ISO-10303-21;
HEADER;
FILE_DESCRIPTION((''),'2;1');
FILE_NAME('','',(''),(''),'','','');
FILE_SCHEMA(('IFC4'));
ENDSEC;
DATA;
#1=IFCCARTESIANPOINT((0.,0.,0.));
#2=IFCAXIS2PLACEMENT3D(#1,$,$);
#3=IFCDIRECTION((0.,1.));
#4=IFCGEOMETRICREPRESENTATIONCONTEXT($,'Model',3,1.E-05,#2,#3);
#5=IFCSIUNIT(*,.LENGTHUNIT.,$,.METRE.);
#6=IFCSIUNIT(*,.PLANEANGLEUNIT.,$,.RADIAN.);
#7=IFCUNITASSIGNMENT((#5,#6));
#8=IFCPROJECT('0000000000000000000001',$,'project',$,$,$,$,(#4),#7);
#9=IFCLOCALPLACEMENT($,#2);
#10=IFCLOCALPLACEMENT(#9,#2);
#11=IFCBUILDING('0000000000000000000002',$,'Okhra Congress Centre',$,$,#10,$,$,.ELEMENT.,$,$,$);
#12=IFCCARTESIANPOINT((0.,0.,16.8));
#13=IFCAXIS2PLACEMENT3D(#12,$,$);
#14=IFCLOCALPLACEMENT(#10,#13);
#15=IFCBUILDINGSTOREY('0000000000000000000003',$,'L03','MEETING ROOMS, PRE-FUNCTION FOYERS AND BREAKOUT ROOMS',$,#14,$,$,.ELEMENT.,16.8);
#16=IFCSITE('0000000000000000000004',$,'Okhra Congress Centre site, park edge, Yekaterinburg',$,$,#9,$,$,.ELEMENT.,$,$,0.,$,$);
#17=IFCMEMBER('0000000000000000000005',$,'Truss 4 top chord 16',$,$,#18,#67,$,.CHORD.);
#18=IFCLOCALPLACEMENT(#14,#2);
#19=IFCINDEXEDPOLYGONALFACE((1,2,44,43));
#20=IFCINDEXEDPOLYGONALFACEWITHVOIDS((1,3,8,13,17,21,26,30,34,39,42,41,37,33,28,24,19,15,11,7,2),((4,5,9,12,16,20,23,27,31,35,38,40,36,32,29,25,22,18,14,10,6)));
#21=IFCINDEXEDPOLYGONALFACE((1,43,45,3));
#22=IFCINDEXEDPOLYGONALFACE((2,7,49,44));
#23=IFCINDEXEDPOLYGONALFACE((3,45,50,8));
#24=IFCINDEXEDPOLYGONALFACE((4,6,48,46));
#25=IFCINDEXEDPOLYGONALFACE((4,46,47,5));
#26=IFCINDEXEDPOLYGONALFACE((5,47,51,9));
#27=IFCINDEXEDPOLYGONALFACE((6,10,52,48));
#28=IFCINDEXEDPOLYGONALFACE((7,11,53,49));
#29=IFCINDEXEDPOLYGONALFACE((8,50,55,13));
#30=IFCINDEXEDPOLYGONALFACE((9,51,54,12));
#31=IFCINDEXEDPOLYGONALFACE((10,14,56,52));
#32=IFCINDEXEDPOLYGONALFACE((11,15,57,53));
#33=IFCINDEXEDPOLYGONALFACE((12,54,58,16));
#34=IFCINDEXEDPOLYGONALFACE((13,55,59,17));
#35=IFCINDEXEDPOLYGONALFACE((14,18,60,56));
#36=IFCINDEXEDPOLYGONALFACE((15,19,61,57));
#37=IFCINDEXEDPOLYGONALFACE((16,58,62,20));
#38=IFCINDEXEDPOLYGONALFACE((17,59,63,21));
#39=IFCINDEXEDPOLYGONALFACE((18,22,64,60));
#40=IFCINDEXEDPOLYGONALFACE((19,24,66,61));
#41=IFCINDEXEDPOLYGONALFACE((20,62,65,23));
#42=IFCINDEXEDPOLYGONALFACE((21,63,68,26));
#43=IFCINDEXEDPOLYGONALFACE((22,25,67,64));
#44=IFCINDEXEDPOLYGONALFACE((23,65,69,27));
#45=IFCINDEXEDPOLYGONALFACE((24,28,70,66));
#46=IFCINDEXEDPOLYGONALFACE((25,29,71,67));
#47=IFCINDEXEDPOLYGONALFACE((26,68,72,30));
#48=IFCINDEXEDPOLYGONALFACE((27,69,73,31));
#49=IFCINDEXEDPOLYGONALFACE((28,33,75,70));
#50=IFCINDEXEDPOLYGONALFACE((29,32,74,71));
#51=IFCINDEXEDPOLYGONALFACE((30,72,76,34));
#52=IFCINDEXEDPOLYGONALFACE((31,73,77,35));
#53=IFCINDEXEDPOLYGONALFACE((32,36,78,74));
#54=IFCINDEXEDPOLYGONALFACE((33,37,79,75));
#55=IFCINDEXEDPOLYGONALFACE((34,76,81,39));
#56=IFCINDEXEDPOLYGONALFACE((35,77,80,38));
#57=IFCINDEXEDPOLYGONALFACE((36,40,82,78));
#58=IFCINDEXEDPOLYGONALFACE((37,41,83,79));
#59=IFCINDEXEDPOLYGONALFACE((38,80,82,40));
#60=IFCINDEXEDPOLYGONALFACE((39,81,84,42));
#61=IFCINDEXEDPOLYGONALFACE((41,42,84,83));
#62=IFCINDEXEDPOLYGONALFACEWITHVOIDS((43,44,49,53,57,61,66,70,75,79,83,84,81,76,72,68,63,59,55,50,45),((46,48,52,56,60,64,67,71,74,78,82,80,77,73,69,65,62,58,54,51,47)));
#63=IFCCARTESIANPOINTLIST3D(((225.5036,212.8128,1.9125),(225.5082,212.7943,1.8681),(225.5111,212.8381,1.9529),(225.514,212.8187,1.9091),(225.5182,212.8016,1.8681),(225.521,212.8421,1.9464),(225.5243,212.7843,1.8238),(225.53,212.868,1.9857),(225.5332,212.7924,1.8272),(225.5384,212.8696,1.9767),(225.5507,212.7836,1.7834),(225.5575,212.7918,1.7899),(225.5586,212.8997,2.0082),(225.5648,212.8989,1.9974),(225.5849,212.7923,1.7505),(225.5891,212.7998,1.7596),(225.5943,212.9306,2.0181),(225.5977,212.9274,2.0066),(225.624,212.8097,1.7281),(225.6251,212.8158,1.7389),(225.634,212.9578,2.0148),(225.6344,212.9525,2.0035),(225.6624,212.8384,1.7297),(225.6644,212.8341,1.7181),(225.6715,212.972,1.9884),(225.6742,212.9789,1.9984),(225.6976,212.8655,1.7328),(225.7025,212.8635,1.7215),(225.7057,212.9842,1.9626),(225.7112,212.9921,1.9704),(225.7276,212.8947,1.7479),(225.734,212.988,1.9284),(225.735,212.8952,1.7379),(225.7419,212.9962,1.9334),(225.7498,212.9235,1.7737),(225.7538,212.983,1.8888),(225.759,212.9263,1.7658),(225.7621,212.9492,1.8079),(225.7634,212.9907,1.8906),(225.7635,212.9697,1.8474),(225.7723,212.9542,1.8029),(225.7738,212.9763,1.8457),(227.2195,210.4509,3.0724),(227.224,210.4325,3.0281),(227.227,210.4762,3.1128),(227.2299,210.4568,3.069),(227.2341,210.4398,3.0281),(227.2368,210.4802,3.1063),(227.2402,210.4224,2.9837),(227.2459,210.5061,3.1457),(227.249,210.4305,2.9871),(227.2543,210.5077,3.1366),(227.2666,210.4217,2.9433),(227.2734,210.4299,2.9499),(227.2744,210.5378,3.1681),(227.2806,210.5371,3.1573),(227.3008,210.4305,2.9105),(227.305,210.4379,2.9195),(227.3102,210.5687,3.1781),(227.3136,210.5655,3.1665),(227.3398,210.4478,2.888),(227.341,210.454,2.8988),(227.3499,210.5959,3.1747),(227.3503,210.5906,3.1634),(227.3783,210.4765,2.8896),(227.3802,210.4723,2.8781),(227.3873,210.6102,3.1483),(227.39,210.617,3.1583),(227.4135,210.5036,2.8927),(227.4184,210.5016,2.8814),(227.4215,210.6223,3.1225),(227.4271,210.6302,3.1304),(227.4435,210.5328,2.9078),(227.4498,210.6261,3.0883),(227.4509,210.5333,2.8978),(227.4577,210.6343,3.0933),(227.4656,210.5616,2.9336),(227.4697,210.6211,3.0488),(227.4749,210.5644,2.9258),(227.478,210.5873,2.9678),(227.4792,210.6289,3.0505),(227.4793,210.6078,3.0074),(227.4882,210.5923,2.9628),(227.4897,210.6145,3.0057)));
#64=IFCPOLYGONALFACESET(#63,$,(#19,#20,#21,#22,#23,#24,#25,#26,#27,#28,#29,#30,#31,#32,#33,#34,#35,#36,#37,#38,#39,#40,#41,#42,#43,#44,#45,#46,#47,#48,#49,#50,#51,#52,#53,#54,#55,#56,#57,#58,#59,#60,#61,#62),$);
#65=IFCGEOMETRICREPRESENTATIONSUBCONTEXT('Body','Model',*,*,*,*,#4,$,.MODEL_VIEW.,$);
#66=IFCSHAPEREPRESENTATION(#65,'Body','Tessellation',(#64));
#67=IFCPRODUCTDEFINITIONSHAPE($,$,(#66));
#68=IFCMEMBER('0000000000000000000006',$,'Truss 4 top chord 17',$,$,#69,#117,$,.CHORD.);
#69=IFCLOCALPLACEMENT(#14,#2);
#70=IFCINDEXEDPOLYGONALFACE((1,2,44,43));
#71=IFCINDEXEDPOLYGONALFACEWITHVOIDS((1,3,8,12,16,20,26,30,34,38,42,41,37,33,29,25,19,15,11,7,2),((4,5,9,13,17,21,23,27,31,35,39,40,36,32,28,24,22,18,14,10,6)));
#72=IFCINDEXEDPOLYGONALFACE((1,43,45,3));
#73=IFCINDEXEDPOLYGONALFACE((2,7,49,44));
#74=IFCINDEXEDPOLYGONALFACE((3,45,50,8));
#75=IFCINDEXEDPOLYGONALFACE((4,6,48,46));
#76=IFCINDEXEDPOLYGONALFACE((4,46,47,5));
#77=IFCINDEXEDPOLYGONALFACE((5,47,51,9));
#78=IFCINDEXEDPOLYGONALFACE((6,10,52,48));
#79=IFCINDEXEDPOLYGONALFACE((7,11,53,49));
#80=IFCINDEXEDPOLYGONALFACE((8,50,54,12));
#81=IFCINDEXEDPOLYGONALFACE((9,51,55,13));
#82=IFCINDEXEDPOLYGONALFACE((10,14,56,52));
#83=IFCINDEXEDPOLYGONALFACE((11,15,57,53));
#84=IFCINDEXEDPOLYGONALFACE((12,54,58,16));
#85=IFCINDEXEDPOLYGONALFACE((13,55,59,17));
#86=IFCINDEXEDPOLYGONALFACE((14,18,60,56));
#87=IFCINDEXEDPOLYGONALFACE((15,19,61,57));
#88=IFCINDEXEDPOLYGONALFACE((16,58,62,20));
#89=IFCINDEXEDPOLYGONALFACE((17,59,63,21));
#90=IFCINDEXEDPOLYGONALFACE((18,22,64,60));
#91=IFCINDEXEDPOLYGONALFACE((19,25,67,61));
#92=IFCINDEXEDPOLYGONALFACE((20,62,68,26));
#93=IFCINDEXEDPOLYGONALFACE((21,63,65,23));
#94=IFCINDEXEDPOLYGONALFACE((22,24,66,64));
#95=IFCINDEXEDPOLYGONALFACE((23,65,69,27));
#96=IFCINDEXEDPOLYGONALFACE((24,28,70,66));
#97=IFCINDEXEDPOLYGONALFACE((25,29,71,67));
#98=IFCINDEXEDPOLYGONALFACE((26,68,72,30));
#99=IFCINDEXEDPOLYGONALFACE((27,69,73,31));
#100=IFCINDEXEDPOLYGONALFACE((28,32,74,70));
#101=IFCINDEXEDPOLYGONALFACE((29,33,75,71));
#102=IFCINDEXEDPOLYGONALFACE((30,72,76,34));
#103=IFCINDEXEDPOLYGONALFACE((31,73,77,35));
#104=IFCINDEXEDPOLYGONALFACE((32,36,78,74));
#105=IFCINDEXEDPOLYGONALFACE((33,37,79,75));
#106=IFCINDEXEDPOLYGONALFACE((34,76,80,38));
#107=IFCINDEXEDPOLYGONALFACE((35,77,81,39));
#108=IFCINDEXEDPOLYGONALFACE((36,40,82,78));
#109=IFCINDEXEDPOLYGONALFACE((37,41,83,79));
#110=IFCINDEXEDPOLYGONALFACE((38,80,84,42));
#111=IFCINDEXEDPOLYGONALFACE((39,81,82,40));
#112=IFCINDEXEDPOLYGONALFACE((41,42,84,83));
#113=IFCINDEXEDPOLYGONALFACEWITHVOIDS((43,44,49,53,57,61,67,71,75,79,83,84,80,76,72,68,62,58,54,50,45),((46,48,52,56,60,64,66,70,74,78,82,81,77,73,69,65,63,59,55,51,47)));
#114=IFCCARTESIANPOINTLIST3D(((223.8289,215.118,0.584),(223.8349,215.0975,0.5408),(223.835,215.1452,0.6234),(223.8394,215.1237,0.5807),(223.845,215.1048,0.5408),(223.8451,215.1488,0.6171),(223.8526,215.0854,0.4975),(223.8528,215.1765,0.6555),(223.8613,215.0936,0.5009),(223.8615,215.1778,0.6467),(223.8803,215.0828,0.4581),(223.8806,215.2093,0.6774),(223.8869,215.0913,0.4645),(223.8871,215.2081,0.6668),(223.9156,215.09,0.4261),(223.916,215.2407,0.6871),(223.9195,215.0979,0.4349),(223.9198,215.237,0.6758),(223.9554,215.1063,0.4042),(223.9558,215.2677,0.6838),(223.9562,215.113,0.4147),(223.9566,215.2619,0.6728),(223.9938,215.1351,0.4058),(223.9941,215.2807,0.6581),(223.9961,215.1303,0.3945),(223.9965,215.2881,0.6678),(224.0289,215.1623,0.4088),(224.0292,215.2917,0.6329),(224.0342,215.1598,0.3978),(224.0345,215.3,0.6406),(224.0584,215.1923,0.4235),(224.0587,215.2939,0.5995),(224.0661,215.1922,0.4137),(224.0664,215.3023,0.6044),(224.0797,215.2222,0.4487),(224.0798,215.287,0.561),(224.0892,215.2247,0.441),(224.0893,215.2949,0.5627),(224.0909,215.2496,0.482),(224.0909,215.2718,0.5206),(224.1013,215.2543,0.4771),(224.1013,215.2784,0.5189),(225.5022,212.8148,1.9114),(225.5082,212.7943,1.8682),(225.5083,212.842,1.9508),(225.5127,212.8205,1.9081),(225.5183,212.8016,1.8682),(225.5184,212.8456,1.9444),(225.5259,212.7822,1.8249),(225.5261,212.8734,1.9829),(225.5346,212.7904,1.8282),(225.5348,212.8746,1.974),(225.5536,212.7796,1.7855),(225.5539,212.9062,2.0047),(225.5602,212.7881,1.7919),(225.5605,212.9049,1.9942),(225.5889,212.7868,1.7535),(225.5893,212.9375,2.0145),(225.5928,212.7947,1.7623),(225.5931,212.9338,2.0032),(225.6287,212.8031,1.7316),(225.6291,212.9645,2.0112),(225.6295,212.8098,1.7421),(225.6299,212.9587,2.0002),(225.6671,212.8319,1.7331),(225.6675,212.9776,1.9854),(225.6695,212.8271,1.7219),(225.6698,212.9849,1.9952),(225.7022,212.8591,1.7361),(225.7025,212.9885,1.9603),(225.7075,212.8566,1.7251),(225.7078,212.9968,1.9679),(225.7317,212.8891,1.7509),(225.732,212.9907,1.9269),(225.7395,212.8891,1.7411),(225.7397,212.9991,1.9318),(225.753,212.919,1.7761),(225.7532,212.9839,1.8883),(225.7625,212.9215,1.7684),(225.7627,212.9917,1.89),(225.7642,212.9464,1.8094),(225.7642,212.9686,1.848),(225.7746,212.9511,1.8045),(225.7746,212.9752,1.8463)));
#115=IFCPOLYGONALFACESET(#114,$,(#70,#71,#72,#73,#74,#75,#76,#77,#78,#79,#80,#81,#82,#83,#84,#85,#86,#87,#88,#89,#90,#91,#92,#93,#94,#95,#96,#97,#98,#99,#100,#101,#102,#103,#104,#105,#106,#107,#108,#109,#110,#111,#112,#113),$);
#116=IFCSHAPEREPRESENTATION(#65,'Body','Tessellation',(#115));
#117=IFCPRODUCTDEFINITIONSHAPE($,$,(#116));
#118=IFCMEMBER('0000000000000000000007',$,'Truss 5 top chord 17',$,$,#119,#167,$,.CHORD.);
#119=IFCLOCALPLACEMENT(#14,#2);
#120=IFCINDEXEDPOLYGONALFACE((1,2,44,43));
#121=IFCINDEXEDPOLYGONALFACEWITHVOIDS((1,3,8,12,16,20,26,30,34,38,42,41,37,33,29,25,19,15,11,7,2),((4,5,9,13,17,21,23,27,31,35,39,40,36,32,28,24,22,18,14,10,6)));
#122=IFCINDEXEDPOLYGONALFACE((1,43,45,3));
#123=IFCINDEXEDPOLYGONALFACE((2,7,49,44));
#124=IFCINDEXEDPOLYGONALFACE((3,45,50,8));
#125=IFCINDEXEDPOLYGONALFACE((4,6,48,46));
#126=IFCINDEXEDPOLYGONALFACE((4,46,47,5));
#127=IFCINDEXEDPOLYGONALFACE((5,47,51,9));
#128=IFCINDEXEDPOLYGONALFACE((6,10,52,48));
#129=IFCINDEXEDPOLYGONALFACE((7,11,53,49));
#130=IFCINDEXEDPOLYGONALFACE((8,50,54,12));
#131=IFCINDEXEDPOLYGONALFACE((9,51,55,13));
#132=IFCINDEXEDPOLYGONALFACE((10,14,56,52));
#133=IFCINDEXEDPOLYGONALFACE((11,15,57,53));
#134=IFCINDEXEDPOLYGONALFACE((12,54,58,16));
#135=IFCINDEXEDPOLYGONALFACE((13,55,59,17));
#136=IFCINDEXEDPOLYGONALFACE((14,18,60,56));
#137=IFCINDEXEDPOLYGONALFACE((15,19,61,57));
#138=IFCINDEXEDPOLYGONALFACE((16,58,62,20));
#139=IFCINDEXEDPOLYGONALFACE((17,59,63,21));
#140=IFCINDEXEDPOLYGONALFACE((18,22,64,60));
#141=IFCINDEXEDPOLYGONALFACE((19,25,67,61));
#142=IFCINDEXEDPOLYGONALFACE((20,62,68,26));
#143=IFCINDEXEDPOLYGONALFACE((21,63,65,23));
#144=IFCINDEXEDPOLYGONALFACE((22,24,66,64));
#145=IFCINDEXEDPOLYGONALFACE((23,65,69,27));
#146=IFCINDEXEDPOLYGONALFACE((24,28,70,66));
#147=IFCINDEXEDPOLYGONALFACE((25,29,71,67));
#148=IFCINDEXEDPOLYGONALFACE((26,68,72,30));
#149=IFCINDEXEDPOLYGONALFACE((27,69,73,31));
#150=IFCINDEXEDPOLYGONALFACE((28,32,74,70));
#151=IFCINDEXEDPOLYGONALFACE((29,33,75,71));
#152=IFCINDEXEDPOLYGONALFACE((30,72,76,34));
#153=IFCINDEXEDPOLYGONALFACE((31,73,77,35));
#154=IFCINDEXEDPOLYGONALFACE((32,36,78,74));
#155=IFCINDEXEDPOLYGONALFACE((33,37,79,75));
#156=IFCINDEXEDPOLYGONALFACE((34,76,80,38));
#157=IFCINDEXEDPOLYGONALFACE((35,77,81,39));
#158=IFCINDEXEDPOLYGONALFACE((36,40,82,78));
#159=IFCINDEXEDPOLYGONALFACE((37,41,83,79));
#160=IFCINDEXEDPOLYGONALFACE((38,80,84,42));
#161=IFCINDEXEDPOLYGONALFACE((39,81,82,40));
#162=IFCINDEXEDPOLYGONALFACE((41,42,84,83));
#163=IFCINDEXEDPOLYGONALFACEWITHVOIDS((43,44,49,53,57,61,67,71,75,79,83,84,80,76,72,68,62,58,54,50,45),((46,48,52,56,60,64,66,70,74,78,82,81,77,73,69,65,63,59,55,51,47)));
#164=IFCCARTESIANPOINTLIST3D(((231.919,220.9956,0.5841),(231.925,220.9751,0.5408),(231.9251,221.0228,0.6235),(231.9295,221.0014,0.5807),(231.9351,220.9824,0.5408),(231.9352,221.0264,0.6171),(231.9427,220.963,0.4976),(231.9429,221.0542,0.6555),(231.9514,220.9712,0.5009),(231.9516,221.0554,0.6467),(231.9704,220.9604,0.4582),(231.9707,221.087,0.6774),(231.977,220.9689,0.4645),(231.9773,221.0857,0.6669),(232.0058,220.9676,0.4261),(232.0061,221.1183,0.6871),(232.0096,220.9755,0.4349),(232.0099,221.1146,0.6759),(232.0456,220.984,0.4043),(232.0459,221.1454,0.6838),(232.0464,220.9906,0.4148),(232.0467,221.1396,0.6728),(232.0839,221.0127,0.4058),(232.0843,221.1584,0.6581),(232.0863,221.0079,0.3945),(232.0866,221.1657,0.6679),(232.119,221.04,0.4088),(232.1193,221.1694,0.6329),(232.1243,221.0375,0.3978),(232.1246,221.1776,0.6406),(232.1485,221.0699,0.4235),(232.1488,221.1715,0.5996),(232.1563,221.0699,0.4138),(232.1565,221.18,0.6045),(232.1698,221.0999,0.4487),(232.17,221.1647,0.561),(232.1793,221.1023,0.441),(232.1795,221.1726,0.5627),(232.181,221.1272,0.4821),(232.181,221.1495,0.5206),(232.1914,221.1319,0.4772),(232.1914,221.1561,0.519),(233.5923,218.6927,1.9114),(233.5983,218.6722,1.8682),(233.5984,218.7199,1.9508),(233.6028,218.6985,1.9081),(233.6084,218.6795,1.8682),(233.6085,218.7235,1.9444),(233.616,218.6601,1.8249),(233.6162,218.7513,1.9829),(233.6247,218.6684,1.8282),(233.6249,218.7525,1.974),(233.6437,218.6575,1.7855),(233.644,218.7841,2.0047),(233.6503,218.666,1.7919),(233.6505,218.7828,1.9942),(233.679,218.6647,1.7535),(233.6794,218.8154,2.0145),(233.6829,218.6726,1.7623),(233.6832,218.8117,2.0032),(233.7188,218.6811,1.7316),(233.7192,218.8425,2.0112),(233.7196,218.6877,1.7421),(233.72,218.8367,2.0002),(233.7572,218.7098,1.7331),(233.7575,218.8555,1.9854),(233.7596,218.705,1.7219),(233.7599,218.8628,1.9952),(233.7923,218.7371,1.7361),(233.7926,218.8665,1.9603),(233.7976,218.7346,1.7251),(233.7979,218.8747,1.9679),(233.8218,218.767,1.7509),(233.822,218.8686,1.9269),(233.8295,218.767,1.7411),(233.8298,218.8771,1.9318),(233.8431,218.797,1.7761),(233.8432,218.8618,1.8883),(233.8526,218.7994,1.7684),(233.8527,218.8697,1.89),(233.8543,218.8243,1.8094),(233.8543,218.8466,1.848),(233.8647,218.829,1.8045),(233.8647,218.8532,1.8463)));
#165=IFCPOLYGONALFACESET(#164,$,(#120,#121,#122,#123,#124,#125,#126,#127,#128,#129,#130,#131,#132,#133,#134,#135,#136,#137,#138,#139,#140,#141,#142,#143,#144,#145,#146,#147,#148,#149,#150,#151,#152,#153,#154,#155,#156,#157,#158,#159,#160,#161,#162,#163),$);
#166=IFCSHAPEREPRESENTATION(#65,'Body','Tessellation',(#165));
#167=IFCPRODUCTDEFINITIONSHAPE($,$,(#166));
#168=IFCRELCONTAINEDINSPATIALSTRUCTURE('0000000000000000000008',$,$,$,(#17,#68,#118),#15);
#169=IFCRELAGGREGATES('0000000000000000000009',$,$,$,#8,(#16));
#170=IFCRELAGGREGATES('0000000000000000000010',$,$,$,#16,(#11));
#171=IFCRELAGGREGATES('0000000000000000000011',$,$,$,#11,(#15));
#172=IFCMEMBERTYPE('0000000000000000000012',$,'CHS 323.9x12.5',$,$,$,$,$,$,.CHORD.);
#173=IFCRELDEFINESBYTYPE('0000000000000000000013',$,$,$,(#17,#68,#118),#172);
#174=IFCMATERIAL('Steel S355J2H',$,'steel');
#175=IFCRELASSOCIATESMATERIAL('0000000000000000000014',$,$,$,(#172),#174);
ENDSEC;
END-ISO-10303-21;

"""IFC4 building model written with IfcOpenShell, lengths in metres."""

from ifc_helpers import new_model, si_unit, direction, frame, origin, origin_2d, place, context, subcontext, project, spatial, hollow_circle, extrude, material, material_profile, profile_set, type_object, element, save


model = new_model("IFC4")

# Units and contexts
model_context = context("Model", 3, precision=1e-05, world=origin(), true_north=direction((0.0, 1.0)))
body_context = subcontext(model_context, "Body", "Model", "MODEL_VIEW")
ifc_project = project(units=[si_unit("LENGTHUNIT", "METRE"), si_unit("PLANEANGLEUNIT", "RADIAN")], contexts=[model_context])

# Site, building, storey
site_placement = place(None, origin())
site = spatial("IfcSite", under=ifc_project, at=site_placement, Name="Okhra Congress Centre site, park edge, Yekaterinburg", CompositionType="ELEMENT", RefElevation=0.0)
building_placement = place(site_placement, origin())
building = spatial("IfcBuilding", under=site, at=building_placement, Name="Okhra Congress Centre", CompositionType="ELEMENT")
storey_placement = place(building_placement, frame((0.0, 0.0, 16.8)))
storey = spatial("IfcBuildingStorey", under=building, at=storey_placement, Name="L03", Description="MEETING ROOMS, PRE-FUNCTION FOYERS AND BREAKOUT ROOMS", CompositionType="ELEMENT", Elevation=16.8)

# Members
ifc_material_1 = material(Name="Steel S355J2H", Category="steel")
ifc_material_profile_1 = material_profile(ifc_material_1, hollow_circle(Radius=0.1619, WallThickness=0.0125, at=origin_2d()), Name="CHS 323.9x12.5")
ifc_profile_set_1 = profile_set([ifc_material_profile_1], Name="Steel S355J2H")
member_type_1 = type_object("IfcMemberType", Name="CHS 323.9x12.5", PredefinedType="CHORD", material=ifc_profile_set_1)
member_1_placement = place(storey_placement, frame((227.355, 210.5276, 3.0281), z_axis=(-0.546218, 0.751865, -0.369249), x_axis=(-0.80904, -0.587754, 0.0)))
element("IfcMember", 1, at=member_1_placement, inside=storey, type_object=member_type_1, Name="Truss 4 top chord 16", PredefinedType="CHORD", context=body_context, shape_type="SweptSolid", body=[
    extrude(hollow_circle(Radius=0.1619, WallThickness=0.0125, at=origin_2d()), origin(), (0.0, 0.0, 1.0), 3.1414),
])
member_2_placement = place(storey_placement, frame((225.6392, 212.8894, 1.8682), z_axis=(-0.532714, 0.73324, -0.422581), x_axis=(-0.809025, -0.587774, 0.0)))
element("IfcMember", 2, at=member_2_placement, inside=storey, type_object=member_type_1, Name="Truss 4 top chord 17", PredefinedType="CHORD", context=body_context, shape_type="SweptSolid", body=[
    extrude(hollow_circle(Radius=0.1619, WallThickness=0.0125, at=origin_2d()), origin(), (0.0, 0.0, 1.0), 3.1411),
])
member_3_placement = place(storey_placement, frame((233.7292, 218.7673, 1.8682), z_axis=(-0.532745, 0.733204, -0.422605), x_axis=(-0.808996, -0.587815, 0.0)))
element("IfcMember", 3, at=member_3_placement, inside=storey, type_object=member_type_1, Name="Truss 5 top chord 17", PredefinedType="CHORD", context=body_context, shape_type="SweptSolid", body=[
    extrude(hollow_circle(Radius=0.1619, WallThickness=0.0125, at=origin_2d()), origin(), (0.0, 0.0, 1.0), 3.1409),
])

save(model, "model.ifc")
